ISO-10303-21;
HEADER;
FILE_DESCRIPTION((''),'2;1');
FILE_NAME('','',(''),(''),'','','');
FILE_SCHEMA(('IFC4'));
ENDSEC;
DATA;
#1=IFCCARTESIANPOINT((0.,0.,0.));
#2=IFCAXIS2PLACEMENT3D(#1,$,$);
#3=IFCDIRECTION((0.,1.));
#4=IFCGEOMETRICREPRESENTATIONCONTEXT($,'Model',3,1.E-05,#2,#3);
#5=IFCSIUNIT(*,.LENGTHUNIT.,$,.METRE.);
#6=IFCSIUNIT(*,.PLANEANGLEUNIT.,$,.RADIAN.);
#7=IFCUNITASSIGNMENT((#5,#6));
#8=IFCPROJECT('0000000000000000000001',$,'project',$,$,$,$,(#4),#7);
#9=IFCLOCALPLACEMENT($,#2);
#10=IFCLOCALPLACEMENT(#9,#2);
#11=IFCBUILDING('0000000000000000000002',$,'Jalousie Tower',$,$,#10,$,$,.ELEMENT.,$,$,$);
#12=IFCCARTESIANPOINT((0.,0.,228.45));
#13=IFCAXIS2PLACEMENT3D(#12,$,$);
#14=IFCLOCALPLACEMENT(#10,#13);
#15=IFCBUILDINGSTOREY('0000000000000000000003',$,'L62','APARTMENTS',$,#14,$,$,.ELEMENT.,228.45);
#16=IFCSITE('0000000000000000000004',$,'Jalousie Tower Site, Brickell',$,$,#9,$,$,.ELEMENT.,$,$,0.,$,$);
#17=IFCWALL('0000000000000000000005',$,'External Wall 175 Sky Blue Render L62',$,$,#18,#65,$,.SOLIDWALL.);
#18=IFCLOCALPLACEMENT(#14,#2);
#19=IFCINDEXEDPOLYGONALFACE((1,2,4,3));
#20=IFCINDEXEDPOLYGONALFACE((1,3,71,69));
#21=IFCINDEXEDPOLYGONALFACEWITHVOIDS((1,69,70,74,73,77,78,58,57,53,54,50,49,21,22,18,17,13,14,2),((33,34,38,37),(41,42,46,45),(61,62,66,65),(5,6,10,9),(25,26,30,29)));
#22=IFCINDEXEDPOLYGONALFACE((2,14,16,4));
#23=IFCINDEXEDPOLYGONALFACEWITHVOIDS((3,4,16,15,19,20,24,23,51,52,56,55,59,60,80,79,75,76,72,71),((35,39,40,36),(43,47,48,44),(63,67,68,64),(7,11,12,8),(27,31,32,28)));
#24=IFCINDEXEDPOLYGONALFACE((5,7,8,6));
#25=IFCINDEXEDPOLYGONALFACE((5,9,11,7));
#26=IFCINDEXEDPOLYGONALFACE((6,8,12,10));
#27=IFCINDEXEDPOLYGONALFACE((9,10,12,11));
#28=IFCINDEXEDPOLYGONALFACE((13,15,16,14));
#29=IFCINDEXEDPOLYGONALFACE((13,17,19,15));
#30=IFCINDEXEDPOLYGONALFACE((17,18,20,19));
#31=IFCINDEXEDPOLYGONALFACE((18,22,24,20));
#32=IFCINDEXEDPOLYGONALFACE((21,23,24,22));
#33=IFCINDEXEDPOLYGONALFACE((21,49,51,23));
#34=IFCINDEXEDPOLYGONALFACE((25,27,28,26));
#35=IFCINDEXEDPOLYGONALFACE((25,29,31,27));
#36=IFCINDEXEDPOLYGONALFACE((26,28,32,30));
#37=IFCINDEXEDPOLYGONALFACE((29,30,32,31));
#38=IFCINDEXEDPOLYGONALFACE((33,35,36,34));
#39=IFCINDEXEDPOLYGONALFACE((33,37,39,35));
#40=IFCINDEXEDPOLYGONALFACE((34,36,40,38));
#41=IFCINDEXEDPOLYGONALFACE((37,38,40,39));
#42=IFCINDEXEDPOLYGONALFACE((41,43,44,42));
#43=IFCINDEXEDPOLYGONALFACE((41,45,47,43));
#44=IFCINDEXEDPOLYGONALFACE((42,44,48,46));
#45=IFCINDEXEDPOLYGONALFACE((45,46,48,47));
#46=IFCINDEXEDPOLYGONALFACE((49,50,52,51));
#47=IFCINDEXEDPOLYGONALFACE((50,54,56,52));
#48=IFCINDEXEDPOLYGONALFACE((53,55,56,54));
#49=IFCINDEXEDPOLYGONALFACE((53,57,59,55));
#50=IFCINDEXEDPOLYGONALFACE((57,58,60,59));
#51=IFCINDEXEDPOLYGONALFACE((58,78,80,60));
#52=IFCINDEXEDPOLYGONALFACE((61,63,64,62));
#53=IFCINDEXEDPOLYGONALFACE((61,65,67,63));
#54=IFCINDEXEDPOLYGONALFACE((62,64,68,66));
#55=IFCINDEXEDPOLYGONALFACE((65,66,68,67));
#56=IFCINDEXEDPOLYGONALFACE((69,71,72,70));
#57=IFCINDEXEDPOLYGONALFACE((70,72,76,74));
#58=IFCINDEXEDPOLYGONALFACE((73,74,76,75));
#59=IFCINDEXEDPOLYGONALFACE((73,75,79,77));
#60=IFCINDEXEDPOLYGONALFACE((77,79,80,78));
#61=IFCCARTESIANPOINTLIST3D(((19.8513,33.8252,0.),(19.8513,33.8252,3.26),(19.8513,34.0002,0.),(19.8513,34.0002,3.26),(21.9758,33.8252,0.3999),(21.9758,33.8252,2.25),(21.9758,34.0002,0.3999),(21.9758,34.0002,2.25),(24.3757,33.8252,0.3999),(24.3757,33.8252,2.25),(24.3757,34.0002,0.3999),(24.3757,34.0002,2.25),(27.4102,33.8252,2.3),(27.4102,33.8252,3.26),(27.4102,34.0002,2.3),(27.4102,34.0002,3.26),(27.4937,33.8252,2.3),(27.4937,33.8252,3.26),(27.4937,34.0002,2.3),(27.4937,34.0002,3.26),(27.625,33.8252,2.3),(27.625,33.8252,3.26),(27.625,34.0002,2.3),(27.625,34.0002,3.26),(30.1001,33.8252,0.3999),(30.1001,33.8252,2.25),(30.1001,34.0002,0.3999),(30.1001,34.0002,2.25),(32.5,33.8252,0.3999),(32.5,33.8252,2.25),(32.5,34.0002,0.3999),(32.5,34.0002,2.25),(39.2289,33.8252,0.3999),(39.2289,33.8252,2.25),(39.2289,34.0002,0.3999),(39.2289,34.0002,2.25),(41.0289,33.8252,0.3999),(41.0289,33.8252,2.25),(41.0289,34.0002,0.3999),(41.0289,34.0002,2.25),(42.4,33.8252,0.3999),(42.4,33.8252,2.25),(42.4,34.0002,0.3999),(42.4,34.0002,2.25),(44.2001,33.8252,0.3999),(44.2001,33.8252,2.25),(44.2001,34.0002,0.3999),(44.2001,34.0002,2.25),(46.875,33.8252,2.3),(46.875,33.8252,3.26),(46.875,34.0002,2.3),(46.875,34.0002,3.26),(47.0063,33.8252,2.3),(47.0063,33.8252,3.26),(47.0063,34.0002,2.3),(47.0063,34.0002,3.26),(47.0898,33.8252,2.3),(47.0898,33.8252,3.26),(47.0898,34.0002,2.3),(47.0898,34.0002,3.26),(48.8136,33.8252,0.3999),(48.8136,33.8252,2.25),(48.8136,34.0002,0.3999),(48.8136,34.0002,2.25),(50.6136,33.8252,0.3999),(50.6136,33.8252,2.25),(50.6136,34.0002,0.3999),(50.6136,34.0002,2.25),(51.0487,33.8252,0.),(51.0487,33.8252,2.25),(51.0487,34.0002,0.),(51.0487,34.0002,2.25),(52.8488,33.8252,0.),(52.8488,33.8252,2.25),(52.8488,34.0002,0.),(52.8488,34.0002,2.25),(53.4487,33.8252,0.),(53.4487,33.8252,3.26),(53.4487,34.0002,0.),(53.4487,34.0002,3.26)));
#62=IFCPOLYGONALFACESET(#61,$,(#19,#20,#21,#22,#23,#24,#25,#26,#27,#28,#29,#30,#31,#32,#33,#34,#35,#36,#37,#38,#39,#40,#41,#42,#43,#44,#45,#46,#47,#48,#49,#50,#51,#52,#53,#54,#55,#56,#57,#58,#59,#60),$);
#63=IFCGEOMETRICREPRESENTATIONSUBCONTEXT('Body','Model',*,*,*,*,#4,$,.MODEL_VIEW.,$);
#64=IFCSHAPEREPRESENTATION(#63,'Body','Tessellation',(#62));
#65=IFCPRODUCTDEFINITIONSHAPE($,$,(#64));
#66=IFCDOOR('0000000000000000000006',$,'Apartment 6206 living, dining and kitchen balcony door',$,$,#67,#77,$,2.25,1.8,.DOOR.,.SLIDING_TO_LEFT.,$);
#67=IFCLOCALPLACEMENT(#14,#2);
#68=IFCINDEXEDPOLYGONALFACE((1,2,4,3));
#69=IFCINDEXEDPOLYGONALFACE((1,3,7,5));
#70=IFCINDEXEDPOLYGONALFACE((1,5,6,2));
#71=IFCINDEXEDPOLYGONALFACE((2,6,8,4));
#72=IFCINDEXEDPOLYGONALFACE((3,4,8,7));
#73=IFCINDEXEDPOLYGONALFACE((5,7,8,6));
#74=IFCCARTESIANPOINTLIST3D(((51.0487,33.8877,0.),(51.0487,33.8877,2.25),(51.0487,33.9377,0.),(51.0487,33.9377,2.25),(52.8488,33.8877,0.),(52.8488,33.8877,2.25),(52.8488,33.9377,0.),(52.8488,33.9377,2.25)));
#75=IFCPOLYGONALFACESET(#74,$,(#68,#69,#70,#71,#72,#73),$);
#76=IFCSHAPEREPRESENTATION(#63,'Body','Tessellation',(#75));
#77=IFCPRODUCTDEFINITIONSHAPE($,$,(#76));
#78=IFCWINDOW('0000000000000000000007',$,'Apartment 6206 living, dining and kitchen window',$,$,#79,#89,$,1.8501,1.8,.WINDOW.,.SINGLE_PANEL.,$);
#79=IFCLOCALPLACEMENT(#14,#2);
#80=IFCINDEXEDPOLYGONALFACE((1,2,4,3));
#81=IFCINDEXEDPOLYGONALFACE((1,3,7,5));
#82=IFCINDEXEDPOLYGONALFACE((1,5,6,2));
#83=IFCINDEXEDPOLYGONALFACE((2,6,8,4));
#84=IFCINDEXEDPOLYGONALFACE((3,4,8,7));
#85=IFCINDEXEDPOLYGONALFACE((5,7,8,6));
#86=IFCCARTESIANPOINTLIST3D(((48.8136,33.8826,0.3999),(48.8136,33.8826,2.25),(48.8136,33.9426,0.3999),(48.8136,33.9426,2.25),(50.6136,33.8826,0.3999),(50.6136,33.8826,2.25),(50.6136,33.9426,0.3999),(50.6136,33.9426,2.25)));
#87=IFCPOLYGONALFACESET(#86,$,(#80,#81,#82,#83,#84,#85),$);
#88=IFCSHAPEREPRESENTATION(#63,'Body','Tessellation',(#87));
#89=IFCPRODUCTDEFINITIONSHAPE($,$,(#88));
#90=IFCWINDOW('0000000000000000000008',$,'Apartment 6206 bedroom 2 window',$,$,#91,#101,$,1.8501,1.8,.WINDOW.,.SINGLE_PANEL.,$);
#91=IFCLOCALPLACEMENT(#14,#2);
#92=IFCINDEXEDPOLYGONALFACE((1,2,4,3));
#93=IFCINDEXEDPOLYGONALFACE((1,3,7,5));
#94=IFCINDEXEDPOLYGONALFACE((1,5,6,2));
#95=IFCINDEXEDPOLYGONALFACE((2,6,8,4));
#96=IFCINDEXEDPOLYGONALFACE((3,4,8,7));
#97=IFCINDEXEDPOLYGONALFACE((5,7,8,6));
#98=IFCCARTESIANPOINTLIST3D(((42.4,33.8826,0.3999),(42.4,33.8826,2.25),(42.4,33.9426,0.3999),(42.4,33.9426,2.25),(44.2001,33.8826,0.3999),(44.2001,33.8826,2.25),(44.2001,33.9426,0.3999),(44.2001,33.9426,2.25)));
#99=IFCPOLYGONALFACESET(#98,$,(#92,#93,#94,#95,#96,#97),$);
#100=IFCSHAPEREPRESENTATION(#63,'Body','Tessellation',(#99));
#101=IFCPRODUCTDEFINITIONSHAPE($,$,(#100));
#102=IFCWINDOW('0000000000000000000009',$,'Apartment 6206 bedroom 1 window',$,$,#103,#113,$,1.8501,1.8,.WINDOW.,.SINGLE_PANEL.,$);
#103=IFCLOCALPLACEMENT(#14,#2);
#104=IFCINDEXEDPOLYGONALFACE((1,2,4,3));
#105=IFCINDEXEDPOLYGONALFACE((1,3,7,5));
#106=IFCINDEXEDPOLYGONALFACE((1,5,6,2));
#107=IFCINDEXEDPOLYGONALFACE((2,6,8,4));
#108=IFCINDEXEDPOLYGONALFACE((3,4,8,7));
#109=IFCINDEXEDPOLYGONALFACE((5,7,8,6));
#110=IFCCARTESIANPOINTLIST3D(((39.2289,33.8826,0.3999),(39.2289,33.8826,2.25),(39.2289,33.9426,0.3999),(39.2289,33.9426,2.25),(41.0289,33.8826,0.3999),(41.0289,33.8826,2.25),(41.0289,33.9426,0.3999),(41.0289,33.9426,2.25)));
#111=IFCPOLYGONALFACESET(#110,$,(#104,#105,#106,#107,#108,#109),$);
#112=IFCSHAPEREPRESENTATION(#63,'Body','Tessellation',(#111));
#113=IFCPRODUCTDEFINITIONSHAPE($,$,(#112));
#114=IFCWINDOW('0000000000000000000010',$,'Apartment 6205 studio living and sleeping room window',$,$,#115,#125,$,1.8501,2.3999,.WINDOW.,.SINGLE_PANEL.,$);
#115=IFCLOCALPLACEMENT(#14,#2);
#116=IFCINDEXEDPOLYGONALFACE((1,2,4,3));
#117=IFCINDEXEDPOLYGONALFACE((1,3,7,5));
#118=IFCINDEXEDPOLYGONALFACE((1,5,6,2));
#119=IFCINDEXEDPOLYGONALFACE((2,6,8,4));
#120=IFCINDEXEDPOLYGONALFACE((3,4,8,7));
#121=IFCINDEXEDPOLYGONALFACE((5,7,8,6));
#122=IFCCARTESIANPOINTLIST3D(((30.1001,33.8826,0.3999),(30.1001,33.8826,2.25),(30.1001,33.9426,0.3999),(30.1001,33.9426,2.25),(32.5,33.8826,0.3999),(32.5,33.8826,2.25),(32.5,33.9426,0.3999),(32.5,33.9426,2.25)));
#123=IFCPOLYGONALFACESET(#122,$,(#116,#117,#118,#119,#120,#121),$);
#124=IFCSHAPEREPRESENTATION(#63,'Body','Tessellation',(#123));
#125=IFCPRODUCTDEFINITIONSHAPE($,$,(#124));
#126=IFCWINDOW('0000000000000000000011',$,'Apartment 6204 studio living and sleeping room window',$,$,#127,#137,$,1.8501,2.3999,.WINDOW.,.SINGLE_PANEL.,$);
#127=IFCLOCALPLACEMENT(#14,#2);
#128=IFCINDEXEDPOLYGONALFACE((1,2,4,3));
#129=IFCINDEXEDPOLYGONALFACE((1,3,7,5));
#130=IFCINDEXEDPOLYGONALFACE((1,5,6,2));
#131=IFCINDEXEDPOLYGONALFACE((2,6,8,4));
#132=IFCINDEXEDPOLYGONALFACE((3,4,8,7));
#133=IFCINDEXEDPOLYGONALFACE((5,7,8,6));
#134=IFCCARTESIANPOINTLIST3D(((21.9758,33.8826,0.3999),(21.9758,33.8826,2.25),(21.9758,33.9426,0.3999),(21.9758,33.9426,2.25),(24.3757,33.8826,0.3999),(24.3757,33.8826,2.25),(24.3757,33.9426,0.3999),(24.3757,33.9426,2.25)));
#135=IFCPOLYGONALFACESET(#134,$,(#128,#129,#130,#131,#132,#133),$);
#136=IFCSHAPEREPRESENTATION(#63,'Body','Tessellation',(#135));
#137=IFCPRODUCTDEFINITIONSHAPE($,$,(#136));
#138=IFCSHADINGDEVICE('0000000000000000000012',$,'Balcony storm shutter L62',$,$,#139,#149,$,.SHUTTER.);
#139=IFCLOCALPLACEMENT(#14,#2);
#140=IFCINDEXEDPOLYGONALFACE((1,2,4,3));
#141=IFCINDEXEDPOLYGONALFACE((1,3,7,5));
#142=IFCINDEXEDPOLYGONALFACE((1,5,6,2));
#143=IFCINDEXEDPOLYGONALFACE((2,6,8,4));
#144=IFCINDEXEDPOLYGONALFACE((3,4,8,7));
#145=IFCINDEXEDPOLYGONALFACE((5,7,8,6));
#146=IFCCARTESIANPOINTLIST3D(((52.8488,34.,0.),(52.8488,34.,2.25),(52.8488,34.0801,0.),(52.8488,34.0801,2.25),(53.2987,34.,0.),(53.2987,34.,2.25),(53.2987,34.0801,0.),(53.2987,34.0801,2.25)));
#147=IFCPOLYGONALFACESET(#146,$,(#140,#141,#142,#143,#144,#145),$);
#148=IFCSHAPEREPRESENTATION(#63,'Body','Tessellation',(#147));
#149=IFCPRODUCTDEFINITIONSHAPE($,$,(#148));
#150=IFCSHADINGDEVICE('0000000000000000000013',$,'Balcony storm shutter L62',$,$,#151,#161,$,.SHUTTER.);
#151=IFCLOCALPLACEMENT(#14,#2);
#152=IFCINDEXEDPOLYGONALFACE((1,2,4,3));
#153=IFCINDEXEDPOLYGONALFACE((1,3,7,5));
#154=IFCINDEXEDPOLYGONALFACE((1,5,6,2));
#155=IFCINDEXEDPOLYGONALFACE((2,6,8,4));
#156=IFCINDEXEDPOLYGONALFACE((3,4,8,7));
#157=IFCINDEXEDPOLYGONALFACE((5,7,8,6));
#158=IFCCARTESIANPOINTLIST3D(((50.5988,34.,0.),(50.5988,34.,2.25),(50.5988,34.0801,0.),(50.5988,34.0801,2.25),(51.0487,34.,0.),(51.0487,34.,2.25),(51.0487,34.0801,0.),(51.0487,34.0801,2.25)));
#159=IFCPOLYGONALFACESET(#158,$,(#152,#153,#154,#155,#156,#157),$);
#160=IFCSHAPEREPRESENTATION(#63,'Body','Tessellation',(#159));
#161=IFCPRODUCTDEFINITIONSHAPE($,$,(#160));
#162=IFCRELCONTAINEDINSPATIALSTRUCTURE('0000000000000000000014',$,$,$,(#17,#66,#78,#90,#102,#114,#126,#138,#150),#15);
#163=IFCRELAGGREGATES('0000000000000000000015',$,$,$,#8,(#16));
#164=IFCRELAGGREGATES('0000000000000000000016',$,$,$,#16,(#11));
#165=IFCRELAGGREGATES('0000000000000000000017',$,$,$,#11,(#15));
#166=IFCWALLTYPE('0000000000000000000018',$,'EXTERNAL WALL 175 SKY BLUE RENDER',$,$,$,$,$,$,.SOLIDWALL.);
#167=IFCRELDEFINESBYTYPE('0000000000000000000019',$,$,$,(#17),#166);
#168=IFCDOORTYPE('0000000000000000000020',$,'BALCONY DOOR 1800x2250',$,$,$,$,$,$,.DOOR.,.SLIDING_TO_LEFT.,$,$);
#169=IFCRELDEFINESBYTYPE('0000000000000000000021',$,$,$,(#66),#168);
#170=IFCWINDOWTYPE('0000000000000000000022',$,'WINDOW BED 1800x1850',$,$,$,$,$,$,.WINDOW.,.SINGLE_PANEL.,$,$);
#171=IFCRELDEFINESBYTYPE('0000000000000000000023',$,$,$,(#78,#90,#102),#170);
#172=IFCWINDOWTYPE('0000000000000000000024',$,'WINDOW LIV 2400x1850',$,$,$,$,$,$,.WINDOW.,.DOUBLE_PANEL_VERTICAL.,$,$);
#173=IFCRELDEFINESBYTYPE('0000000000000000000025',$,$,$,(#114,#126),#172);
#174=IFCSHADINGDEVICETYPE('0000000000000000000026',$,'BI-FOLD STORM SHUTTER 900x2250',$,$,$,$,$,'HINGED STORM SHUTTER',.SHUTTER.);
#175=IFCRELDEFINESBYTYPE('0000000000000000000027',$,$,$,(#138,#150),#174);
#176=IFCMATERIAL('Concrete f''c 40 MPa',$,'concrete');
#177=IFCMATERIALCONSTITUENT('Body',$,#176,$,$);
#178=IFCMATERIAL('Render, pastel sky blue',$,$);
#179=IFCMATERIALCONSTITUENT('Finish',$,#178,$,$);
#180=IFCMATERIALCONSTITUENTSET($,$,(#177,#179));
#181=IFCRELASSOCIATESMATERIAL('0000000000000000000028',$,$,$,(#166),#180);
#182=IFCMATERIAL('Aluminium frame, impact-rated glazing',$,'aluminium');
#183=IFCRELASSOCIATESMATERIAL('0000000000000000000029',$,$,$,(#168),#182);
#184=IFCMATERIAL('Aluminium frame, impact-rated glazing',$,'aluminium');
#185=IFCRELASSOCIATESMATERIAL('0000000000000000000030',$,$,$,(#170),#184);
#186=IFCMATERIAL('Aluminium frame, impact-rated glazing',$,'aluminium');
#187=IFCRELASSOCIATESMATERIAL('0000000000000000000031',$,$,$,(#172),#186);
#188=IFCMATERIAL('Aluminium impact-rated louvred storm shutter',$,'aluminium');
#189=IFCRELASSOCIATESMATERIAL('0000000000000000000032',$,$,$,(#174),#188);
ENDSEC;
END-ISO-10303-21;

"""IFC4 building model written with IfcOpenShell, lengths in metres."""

from ifc_helpers import new_model, si_unit, direction, frame, frame_2d, origin, origin_2d, place, context, subcontext, project, spatial, polyline, rectangle, outline, extrude, material, constituent, constituent_set, type_object, element, fill, save


model = new_model("IFC4")

# Units and contexts
model_context = context("Model", 3, precision=1e-05, world=origin(), true_north=direction((0.0, 1.0)))
body_context = subcontext(model_context, "Body", "Model", "MODEL_VIEW")
ifc_project = project(units=[si_unit("LENGTHUNIT", "METRE"), si_unit("PLANEANGLEUNIT", "RADIAN")], contexts=[model_context])

# Site, building, storey
site_placement = place(None, origin())
site = spatial("IfcSite", under=ifc_project, at=site_placement, Name="Jalousie Tower Site, Brickell", CompositionType="ELEMENT", RefElevation=0.0)
building_placement = place(site_placement, origin())
building = spatial("IfcBuilding", under=site, at=building_placement, Name="Jalousie Tower", CompositionType="ELEMENT")
storey_placement = place(building_placement, frame((0.0, 0.0, 228.45)))
storey = spatial("IfcBuildingStorey", under=building, at=storey_placement, Name="L62", Description="APARTMENTS", CompositionType="ELEMENT", Elevation=228.45)

# Wall, openings, door, windows
ifc_material_1 = material(Name="Concrete f'c 40 MPa", Category="concrete")
ifc_constituent_1 = constituent(ifc_material_1, Name="Body")
ifc_material_2 = material(Name="Render, pastel sky blue")
ifc_constituent_2 = constituent(ifc_material_2, Name="Finish")
ifc_constituent_set_1 = constituent_set(constituents=[ifc_constituent_1, ifc_constituent_2])
wall_type_1 = type_object("IfcWallType", Name="EXTERNAL WALL 175 SKY BLUE RENDER", PredefinedType="SOLIDWALL", material=ifc_constituent_set_1)
wall_1_placement = place(storey_placement, frame((53.4487, 33.9126, 0.0), z_axis=(0.0, 0.0, 1.0), x_axis=(-1.0, 0.0, 0.0)))
wall_1 = element("IfcWall", 1, at=wall_1_placement, inside=storey, type_object=wall_type_1, Name="External Wall 175 Sky Blue Render L62", PredefinedType="SOLIDWALL", context=body_context, shape_type="SweptSolid", body=[
    extrude(outline(polyline([(0.0, 0.0), (33.5974, 0.0), (33.5974, 3.26), (26.0386, 3.26), (26.0386, 2.3), (25.9551, 2.3), (25.9551, 3.26), (25.8237, 3.26), (25.8237, 2.3), (6.5737, 2.3), (6.5737, 3.26), (6.4424, 3.26), (6.4424, 2.3), (6.3589, 2.3), (6.3589, 3.26), (0.0, 3.26), (0.0, 0.0)])), frame((0.0, 0.0874, 0.0), z_axis=(0.0, -1.0, 0.0), x_axis=(1.0, 0.0, 0.0)), (0.0, 0.0, 1.0), 0.175),
])
opening_1_placement = place(wall_1_placement, frame((0.6001, 0.0, 0.0)))
opening_1 = element("IfcOpeningElement", 2, at=opening_1_placement, cuts=wall_1, PredefinedType="OPENING", context=body_context, shape_type="SweptSolid", body=[
    extrude(rectangle(XDim=1.8, YDim=2.25, at=frame_2d((0.8999, 1.125))), frame((0.0, 0.0974, 0.0), z_axis=(0.0, -1.0, 0.0), x_axis=(1.0, 0.0, 0.0)), (0.0, 0.0, 1.0), 0.1951),
])
opening_2_placement = place(wall_1_placement, frame((2.8352, 0.0, 0.3999)))
opening_2 = element("IfcOpeningElement", 3, at=opening_2_placement, cuts=wall_1, PredefinedType="OPENING", context=body_context, shape_type="SweptSolid", body=[
    extrude(rectangle(XDim=1.8, YDim=1.8501, at=frame_2d((0.8999, 0.925))), frame((0.0, 0.0974, 0.0), z_axis=(0.0, -1.0, 0.0), x_axis=(1.0, 0.0, 0.0)), (0.0, 0.0, 1.0), 0.1951),
])
opening_3_placement = place(wall_1_placement, frame((9.2488, 0.0, 0.3999)))
opening_3 = element("IfcOpeningElement", 4, at=opening_3_placement, cuts=wall_1, PredefinedType="OPENING", context=body_context, shape_type="SweptSolid", body=[
    extrude(rectangle(XDim=1.8, YDim=1.8501, at=frame_2d((0.8999, 0.925))), frame((0.0, 0.0974, 0.0), z_axis=(0.0, -1.0, 0.0), x_axis=(1.0, 0.0, 0.0)), (0.0, 0.0, 1.0), 0.1951),
])
opening_4_placement = place(wall_1_placement, frame((12.4199, 0.0, 0.3999)))
opening_4 = element("IfcOpeningElement", 5, at=opening_4_placement, cuts=wall_1, PredefinedType="OPENING", context=body_context, shape_type="SweptSolid", body=[
    extrude(rectangle(XDim=1.8, YDim=1.8501, at=frame_2d((0.8999, 0.925))), frame((0.0, 0.0974, 0.0), z_axis=(0.0, -1.0, 0.0), x_axis=(1.0, 0.0, 0.0)), (0.0, 0.0, 1.0), 0.1951),
])
opening_5_placement = place(wall_1_placement, frame((20.9487, 0.0, 0.3999)))
opening_5 = element("IfcOpeningElement", 6, at=opening_5_placement, cuts=wall_1, PredefinedType="OPENING", context=body_context, shape_type="SweptSolid", body=[
    extrude(rectangle(XDim=2.3999, YDim=1.8501, at=frame_2d((1.2, 0.925))), frame((0.0, 0.0974, 0.0), z_axis=(0.0, -1.0, 0.0), x_axis=(1.0, 0.0, 0.0)), (0.0, 0.0, 1.0), 0.1951),
])
opening_6_placement = place(wall_1_placement, frame((29.073, 0.0, 0.3999)))
opening_6 = element("IfcOpeningElement", 7, at=opening_6_placement, cuts=wall_1, PredefinedType="OPENING", context=body_context, shape_type="SweptSolid", body=[
    extrude(rectangle(XDim=2.3999, YDim=1.8501, at=frame_2d((1.2, 0.925))), frame((0.0, 0.0974, 0.0), z_axis=(0.0, -1.0, 0.0), x_axis=(1.0, 0.0, 0.0)), (0.0, 0.0, 1.0), 0.1951),
])
ifc_material_3 = material(Name="Aluminium frame, impact-rated glazing", Category="aluminium")
door_type_1 = type_object("IfcDoorType", Name="BALCONY DOOR 1800x2250", OperationType="SLIDING_TO_LEFT", PredefinedType="DOOR", material=ifc_material_3)
door_1_placement = place(opening_1_placement, origin())
door_1 = element("IfcDoor", 8, at=door_1_placement, inside=storey, type_object=door_type_1, Name="Apartment 6206 living, dining and kitchen balcony door", OperationType="SLIDING_TO_LEFT", OverallHeight=2.25, OverallWidth=1.8, PredefinedType="DOOR", context=body_context, shape_type="SweptSolid", body=[
    extrude(rectangle(XDim=1.8, YDim=2.25, at=frame_2d((0.8999, 1.125))), frame((0.0, 0.0249, 0.0), z_axis=(0.0, -1.0, 0.0), x_axis=(1.0, 0.0, 0.0)), (0.0, 0.0, 1.0), 0.05),
])
fill(opening_1, door_1)
ifc_material_4 = material(Name="Aluminium frame, impact-rated glazing", Category="aluminium")
window_type_1 = type_object("IfcWindowType", Name="WINDOW BED 1800x1850", PartitioningType="SINGLE_PANEL", PredefinedType="WINDOW", material=ifc_material_4)
window_1_placement = place(opening_2_placement, origin())
window_1 = element("IfcWindow", 9, at=window_1_placement, inside=storey, type_object=window_type_1, Name="Apartment 6206 living, dining and kitchen window", OverallHeight=1.8501, OverallWidth=1.8, PartitioningType="SINGLE_PANEL", PredefinedType="WINDOW", context=body_context, shape_type="SweptSolid", body=[
    extrude(rectangle(XDim=1.8, YDim=1.8501, at=frame_2d((0.8999, 0.925))), frame((0.0, 0.03, 0.0), z_axis=(0.0, -1.0, 0.0), x_axis=(1.0, 0.0, 0.0)), (0.0, 0.0, 1.0), 0.0601),
])
fill(opening_2, window_1)
window_2_placement = place(opening_3_placement, origin())
window_2 = element("IfcWindow", 10, at=window_2_placement, inside=storey, type_object=window_type_1, Name="Apartment 6206 bedroom 2 window", OverallHeight=1.8501, OverallWidth=1.8, PartitioningType="SINGLE_PANEL", PredefinedType="WINDOW", context=body_context, shape_type="SweptSolid", body=[
    extrude(rectangle(XDim=1.8, YDim=1.8501, at=frame_2d((0.8999, 0.925))), frame((0.0, 0.03, 0.0), z_axis=(0.0, -1.0, 0.0), x_axis=(1.0, 0.0, 0.0)), (0.0, 0.0, 1.0), 0.0601),
])
fill(opening_3, window_2)
window_3_placement = place(opening_4_placement, origin())
window_3 = element("IfcWindow", 11, at=window_3_placement, inside=storey, type_object=window_type_1, Name="Apartment 6206 bedroom 1 window", OverallHeight=1.8501, OverallWidth=1.8, PartitioningType="SINGLE_PANEL", PredefinedType="WINDOW", context=body_context, shape_type="SweptSolid", body=[
    extrude(rectangle(XDim=1.8, YDim=1.8501, at=frame_2d((0.8999, 0.925))), frame((0.0, 0.03, 0.0), z_axis=(0.0, -1.0, 0.0), x_axis=(1.0, 0.0, 0.0)), (0.0, 0.0, 1.0), 0.0601),
])
fill(opening_4, window_3)
ifc_material_5 = material(Name="Aluminium frame, impact-rated glazing", Category="aluminium")
window_type_2 = type_object("IfcWindowType", Name="WINDOW LIV 2400x1850", PartitioningType="DOUBLE_PANEL_VERTICAL", PredefinedType="WINDOW", material=ifc_material_5)
window_4_placement = place(opening_5_placement, origin())
window_4 = element("IfcWindow", 12, at=window_4_placement, inside=storey, type_object=window_type_2, Name="Apartment 6205 studio living and sleeping room window", OverallHeight=1.8501, OverallWidth=2.3999, PartitioningType="SINGLE_PANEL", PredefinedType="WINDOW", context=body_context, shape_type="SweptSolid", body=[
    extrude(rectangle(XDim=2.3999, YDim=1.8501, at=frame_2d((1.2, 0.925))), frame((0.0, 0.03, 0.0), z_axis=(0.0, -1.0, 0.0), x_axis=(1.0, 0.0, 0.0)), (0.0, 0.0, 1.0), 0.0601),
])
fill(opening_5, window_4)
window_5_placement = place(opening_6_placement, origin())
window_5 = element("IfcWindow", 13, at=window_5_placement, inside=storey, type_object=window_type_2, Name="Apartment 6204 studio living and sleeping room window", OverallHeight=1.8501, OverallWidth=2.3999, PartitioningType="SINGLE_PANEL", PredefinedType="WINDOW", context=body_context, shape_type="SweptSolid", body=[
    extrude(rectangle(XDim=2.3999, YDim=1.8501, at=frame_2d((1.2, 0.925))), frame((0.0, 0.03, 0.0), z_axis=(0.0, -1.0, 0.0), x_axis=(1.0, 0.0, 0.0)), (0.0, 0.0, 1.0), 0.0601),
])
fill(opening_6, window_5)

# Shading devices
ifc_material_6 = material(Name="Aluminium impact-rated louvred storm shutter", Category="aluminium")
shading_device_type_1 = type_object("IfcShadingDeviceType", Name="BI-FOLD STORM SHUTTER 900x2250", ElementType="HINGED STORM SHUTTER", PredefinedType="SHUTTER", material=ifc_material_6)
for number, where, z_axis, x_axis, name in (
    (14, (53.0737, 34.04, 0.0), (0.0, 0.0, 1.0), (-1.0, 0.0, 0.0), "Balcony storm shutter L62"),
    (15, (50.8237, 34.04, 0.0), (0.0, 0.0, 1.0), (-1.0, 0.0, 0.0), "Balcony storm shutter L62"),
):
    element("IfcShadingDevice", number, at=place(storey_placement, frame(where, z_axis=z_axis, x_axis=x_axis)), inside=storey, type_object=shading_device_type_1, Name=name, PredefinedType="SHUTTER", context=body_context, shape_type="SweptSolid", body=[
        extrude(rectangle(XDim=0.45, YDim=0.0801, at=origin_2d()), origin(), (0.0, 0.0, 1.0), 2.25),
    ])

save(model, "model.ifc")
